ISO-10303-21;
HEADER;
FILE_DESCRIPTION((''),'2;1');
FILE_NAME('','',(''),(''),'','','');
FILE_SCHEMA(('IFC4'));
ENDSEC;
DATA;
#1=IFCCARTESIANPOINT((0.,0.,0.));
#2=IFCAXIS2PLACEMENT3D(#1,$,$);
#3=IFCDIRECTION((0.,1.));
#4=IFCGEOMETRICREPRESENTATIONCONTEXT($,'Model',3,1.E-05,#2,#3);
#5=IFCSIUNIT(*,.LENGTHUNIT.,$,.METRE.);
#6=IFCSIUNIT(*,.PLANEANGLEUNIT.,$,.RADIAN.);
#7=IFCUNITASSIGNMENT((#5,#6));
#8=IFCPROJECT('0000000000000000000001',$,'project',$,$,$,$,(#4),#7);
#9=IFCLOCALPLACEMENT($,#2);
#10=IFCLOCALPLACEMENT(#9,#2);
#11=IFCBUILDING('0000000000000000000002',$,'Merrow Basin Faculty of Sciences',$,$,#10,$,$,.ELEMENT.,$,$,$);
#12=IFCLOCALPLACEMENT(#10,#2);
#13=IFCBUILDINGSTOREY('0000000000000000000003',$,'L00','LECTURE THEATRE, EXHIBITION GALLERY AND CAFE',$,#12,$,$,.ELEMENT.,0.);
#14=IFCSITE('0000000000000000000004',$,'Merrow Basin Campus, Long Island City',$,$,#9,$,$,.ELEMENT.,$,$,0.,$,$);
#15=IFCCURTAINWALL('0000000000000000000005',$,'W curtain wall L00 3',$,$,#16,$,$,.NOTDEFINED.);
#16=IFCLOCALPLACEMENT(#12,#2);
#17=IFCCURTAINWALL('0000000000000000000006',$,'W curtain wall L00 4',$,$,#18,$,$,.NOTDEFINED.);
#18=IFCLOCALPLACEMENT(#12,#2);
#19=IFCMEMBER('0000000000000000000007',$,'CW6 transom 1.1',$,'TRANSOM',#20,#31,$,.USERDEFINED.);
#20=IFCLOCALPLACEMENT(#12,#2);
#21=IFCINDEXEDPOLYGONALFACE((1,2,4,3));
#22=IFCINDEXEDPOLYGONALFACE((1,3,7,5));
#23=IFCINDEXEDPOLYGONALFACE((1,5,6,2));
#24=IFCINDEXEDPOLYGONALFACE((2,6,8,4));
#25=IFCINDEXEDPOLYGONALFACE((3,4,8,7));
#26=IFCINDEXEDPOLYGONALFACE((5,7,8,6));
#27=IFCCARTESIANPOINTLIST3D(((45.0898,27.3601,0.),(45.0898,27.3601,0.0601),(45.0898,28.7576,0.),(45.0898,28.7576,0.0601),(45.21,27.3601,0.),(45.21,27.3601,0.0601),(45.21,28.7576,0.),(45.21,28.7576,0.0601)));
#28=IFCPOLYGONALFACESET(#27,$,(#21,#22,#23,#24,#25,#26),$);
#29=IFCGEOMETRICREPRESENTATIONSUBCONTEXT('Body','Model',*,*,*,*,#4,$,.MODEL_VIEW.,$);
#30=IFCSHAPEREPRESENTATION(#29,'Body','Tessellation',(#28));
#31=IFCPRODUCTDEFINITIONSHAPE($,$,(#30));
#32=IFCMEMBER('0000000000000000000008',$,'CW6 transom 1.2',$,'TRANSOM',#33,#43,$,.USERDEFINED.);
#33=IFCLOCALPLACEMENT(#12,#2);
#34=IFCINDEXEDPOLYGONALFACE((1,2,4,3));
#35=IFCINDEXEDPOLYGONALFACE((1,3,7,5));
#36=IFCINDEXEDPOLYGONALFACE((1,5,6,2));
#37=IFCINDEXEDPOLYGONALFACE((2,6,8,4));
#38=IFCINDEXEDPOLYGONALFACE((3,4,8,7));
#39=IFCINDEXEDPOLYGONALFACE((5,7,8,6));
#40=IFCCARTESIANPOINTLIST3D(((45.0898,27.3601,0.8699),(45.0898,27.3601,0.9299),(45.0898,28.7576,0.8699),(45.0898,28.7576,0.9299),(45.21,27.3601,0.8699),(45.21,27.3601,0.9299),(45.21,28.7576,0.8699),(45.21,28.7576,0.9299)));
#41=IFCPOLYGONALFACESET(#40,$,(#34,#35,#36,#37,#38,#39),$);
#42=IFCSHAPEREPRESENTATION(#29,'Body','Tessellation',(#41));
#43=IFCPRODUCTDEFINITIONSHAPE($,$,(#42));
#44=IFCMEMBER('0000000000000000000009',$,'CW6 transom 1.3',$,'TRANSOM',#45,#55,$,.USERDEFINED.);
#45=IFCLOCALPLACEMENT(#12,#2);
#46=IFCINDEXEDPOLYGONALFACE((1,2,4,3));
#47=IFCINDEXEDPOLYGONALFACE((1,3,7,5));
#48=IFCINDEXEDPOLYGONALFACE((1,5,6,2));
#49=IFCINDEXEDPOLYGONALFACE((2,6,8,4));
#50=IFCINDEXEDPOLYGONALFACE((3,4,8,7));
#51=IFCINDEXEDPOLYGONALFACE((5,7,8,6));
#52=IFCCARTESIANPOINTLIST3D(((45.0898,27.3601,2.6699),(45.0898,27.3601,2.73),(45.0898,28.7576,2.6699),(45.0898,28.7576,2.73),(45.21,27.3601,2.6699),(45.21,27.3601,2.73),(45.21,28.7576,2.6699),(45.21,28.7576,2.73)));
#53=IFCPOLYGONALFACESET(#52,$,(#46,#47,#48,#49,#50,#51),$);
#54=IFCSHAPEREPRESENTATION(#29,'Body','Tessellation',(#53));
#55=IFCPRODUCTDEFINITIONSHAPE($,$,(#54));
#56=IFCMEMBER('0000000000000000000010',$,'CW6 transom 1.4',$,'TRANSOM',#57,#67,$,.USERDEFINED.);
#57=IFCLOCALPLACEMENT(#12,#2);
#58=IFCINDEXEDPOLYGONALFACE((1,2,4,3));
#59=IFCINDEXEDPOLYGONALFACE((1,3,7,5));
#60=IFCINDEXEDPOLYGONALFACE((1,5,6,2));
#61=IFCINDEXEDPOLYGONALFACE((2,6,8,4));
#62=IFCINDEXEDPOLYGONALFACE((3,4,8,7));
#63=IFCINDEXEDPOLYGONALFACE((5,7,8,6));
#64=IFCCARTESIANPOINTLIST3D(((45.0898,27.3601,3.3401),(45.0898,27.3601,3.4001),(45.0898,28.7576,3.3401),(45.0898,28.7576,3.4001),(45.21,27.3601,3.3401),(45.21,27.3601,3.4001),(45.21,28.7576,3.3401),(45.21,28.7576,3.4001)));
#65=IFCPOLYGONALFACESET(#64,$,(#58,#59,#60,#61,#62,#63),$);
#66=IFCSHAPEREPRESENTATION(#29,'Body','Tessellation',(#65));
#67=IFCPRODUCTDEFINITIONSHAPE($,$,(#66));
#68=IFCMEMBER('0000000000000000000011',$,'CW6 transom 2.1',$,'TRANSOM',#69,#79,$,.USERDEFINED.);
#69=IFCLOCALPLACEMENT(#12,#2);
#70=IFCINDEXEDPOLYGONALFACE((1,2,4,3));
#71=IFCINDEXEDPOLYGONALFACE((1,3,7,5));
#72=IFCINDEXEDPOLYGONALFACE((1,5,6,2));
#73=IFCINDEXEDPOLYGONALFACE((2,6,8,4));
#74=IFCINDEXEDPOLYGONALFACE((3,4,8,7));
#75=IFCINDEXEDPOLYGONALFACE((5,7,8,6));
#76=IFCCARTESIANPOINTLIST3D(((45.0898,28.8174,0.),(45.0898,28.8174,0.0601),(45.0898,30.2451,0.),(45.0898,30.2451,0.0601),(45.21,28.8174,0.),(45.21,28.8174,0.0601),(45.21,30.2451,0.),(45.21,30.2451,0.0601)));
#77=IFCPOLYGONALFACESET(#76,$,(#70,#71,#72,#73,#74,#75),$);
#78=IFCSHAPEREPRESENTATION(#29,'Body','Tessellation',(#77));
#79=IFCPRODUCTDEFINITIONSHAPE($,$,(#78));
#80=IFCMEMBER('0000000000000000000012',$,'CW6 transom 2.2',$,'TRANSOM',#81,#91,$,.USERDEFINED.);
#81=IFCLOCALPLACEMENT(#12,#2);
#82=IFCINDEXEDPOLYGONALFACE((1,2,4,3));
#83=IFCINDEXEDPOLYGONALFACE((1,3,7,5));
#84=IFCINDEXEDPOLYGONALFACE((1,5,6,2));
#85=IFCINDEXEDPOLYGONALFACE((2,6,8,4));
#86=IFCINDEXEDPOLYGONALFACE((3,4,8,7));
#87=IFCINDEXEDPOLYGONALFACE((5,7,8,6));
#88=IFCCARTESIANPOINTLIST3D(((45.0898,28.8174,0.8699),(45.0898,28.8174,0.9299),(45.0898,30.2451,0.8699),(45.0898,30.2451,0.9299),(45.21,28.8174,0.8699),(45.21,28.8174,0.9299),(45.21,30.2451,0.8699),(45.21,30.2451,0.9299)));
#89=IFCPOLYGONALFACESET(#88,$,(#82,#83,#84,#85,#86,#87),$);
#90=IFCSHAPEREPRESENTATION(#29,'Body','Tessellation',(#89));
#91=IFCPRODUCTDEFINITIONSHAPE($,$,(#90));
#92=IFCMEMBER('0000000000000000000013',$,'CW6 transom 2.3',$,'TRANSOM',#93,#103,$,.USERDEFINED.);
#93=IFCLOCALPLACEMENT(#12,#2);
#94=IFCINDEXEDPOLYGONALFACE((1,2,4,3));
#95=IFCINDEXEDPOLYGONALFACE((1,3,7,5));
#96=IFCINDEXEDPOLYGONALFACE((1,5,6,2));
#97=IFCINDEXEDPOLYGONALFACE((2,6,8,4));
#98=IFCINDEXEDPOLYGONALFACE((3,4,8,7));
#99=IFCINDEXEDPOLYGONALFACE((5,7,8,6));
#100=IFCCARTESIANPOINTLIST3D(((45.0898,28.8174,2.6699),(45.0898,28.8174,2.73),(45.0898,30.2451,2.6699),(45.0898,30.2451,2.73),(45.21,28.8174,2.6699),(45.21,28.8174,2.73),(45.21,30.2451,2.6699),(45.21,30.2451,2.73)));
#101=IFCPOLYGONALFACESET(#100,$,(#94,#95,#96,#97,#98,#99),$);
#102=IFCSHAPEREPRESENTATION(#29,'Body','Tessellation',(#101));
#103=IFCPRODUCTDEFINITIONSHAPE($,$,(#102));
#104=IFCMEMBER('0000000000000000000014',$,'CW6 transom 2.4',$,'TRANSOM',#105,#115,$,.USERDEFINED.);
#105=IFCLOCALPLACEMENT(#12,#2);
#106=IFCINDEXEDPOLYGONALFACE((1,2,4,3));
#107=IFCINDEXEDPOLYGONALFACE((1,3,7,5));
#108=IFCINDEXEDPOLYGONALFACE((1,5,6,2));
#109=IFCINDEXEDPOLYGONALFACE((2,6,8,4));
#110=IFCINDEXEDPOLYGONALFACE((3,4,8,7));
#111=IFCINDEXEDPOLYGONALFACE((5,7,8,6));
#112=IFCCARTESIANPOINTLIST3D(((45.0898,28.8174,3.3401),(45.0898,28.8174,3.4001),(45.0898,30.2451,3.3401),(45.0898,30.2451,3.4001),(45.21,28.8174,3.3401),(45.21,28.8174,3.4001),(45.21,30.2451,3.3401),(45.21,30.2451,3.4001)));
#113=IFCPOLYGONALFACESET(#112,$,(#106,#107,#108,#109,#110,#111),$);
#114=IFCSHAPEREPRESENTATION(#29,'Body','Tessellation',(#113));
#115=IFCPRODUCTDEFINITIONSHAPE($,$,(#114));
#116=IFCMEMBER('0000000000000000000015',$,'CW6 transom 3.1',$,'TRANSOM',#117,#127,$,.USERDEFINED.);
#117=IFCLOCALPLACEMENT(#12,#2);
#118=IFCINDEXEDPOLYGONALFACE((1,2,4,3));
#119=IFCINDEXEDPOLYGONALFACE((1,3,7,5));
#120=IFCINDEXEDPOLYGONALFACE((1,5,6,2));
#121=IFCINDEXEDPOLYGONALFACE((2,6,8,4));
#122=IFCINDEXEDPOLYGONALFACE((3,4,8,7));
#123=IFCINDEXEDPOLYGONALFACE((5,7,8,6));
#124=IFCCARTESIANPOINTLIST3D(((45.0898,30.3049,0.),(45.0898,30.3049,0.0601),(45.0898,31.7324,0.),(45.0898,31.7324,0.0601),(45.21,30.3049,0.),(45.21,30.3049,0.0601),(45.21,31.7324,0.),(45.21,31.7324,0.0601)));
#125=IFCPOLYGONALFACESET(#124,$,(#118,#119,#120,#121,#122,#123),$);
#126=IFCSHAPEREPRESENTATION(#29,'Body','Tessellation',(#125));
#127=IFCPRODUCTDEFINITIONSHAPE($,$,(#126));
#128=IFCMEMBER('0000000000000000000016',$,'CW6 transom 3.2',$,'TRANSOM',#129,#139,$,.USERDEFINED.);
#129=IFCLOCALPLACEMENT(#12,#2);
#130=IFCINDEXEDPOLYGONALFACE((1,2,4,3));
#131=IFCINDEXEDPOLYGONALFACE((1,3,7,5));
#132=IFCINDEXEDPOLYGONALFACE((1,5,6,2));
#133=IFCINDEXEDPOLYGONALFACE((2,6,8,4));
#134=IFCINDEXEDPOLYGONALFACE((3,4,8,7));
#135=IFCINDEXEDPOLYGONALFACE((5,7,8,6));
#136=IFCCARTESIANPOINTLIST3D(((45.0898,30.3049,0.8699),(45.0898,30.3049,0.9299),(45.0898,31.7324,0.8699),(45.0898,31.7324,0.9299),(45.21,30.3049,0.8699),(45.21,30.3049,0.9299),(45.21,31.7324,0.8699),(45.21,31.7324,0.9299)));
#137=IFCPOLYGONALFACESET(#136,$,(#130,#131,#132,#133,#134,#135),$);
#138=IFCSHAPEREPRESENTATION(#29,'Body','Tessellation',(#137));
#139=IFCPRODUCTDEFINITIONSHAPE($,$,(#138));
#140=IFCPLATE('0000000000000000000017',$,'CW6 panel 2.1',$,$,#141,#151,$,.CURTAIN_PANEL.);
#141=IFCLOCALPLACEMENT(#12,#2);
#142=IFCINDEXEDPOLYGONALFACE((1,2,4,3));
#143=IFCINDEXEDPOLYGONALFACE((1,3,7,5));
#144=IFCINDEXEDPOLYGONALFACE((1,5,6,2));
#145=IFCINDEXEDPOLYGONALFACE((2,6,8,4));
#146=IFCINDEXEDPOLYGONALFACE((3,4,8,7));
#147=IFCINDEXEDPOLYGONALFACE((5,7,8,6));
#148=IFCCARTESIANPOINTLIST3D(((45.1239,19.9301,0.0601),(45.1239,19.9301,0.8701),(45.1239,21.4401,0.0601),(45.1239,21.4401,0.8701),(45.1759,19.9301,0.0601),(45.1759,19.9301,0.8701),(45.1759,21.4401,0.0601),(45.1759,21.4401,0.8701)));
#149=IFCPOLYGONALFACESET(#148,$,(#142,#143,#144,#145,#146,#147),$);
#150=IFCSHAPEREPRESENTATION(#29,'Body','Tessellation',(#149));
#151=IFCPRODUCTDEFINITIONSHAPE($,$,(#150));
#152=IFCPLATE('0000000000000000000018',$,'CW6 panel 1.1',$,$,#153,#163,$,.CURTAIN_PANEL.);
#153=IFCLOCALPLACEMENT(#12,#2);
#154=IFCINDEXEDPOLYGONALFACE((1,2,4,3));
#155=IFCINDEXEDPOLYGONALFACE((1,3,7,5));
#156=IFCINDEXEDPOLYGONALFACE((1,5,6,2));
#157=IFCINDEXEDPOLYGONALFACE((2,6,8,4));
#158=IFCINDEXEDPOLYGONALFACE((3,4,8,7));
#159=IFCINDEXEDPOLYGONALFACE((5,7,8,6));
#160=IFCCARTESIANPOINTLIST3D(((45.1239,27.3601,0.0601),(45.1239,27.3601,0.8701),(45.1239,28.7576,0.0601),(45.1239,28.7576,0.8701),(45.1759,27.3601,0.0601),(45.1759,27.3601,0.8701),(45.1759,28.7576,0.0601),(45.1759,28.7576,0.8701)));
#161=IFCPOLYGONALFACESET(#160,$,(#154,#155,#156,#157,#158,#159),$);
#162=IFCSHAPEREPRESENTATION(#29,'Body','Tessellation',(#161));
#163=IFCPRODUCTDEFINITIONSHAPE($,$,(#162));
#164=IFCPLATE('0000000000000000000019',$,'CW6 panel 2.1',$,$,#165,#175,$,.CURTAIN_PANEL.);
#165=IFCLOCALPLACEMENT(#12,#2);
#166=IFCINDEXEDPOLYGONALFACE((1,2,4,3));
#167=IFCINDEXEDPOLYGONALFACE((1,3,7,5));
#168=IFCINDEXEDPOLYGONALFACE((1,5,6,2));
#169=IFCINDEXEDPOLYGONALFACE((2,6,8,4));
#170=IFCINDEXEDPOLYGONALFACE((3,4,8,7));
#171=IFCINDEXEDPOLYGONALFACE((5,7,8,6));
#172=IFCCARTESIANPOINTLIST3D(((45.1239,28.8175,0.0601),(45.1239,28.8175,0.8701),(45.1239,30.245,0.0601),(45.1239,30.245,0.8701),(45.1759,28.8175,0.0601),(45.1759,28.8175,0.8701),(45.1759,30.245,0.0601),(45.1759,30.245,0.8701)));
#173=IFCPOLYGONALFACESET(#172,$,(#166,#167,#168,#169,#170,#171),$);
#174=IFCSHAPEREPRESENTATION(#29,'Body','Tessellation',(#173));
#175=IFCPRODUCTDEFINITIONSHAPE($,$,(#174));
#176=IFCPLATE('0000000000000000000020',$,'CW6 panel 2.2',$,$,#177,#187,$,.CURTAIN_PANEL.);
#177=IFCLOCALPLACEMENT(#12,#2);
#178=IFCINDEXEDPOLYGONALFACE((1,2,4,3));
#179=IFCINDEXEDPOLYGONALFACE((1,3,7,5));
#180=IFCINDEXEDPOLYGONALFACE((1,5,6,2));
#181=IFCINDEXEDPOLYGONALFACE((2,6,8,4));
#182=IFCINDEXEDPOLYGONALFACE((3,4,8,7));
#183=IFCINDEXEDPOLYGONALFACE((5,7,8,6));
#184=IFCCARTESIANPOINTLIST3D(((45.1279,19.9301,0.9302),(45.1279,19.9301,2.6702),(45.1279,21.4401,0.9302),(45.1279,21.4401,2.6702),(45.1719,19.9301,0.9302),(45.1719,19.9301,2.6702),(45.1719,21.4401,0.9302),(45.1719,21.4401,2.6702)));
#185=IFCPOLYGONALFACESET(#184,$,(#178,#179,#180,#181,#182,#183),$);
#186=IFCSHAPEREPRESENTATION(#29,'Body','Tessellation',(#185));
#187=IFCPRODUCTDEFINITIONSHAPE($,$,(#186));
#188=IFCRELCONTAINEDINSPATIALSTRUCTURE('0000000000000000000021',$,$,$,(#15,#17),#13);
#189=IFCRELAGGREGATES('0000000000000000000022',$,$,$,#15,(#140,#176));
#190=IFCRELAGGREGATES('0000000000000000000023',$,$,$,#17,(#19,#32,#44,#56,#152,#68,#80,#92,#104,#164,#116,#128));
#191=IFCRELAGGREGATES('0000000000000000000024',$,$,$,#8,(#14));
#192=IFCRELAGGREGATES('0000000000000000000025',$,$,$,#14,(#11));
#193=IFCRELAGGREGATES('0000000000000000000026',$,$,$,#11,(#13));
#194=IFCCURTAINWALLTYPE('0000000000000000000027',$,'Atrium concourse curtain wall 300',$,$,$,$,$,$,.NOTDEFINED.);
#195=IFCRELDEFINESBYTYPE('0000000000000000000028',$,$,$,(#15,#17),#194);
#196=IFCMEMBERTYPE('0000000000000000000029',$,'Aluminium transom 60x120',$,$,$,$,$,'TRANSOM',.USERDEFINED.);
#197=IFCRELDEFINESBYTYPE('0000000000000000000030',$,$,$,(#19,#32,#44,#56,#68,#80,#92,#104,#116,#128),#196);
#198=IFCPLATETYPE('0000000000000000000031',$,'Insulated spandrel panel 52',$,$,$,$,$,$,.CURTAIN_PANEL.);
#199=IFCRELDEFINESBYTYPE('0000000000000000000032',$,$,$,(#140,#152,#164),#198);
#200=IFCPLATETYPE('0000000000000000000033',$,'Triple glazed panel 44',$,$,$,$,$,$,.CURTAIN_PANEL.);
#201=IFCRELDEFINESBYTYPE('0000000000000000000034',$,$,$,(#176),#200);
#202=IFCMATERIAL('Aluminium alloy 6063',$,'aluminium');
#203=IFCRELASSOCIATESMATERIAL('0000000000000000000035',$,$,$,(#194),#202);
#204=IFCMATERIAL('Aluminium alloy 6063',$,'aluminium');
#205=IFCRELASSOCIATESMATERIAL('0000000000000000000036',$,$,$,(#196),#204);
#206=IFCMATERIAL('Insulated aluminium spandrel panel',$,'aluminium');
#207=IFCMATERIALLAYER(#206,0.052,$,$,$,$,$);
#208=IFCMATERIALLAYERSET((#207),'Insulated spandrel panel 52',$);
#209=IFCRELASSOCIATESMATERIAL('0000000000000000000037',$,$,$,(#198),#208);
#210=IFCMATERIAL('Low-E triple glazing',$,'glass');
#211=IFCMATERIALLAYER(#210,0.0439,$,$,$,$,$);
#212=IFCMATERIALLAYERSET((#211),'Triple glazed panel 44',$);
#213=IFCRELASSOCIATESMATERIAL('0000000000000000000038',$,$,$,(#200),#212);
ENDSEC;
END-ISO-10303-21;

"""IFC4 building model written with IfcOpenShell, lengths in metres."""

from ifc_helpers import new_model, si_unit, direction, frame, origin, origin_2d, place, context, subcontext, project, spatial, rectangle, extrude, material, layer, layer_set, material_profile, profile_set, type_object, element, aggregate, save


model = new_model("IFC4")

# Units and contexts
model_context = context("Model", 3, precision=1e-05, world=origin(), true_north=direction((0.0, 1.0)))
body_context = subcontext(model_context, "Body", "Model", "MODEL_VIEW")
ifc_project = project(units=[si_unit("LENGTHUNIT", "METRE"), si_unit("PLANEANGLEUNIT", "RADIAN")], contexts=[model_context])

# Site, building, storey
site_placement = place(None, origin())
site = spatial("IfcSite", under=ifc_project, at=site_placement, Name="Merrow Basin Campus, Long Island City", CompositionType="ELEMENT", RefElevation=0.0)
building_placement = place(site_placement, origin())
building = spatial("IfcBuilding", under=site, at=building_placement, Name="Merrow Basin Faculty of Sciences", CompositionType="ELEMENT")
storey_placement = place(building_placement, origin())
storey = spatial("IfcBuildingStorey", under=building, at=storey_placement, Name="L00", Description="LECTURE THEATRE, EXHIBITION GALLERY AND CAFE", CompositionType="ELEMENT", Elevation=0.0)

# Curtain walls
ifc_material_1 = material(Name="Aluminium alloy 6063", Category="aluminium")
curtain_wall_type = type_object("IfcCurtainWallType", Name="Atrium concourse curtain wall 300", PredefinedType="NOTDEFINED", material=ifc_material_1)
curtain_wall_1_placement = place(storey_placement, origin())
curtain_wall_1 = element("IfcCurtainWall", 1, at=curtain_wall_1_placement, inside=storey, type_object=curtain_wall_type, Name="W curtain wall L00 3", PredefinedType="NOTDEFINED")
curtain_wall_2_placement = place(storey_placement, origin())
curtain_wall_2 = element("IfcCurtainWall", 2, at=curtain_wall_2_placement, inside=storey, type_object=curtain_wall_type, Name="W curtain wall L00 4", PredefinedType="NOTDEFINED")

# Members
ifc_material_2 = material(Name="Aluminium alloy 6063", Category="aluminium")
ifc_material_profile_1 = material_profile(ifc_material_2, rectangle(XDim=0.1201, YDim=0.0601, at=origin_2d()))
ifc_profile_set_1 = profile_set([ifc_material_profile_1], Name="Aluminium alloy 6063")
member_type_1 = type_object("IfcMemberType", Name="Aluminium transom 60x120", ElementType="TRANSOM", PredefinedType="USERDEFINED", material=ifc_profile_set_1)
member_1_placement = place(storey_placement, frame((45.1499, 27.3601, 0.03), z_axis=(0.0, 1.0, 0.0), x_axis=(-1.0, 0.0, 0.0)))
member_1 = element("IfcMember", 3, at=member_1_placement, type_object=member_type_1, Name="CW6 transom 1.1", ObjectType="TRANSOM", PredefinedType="USERDEFINED", context=body_context, shape_type="SweptSolid", body=[
    extrude(rectangle(XDim=0.1201, YDim=0.0601, at=origin_2d()), origin(), (0.0, 0.0, 1.0), 1.3975),
])
member_2_placement = place(storey_placement, frame((45.1499, 27.3601, 0.8999), z_axis=(0.0, 1.0, 0.0), x_axis=(-1.0, 0.0, 0.0)))
member_2 = element("IfcMember", 4, at=member_2_placement, type_object=member_type_1, Name="CW6 transom 1.2", ObjectType="TRANSOM", PredefinedType="USERDEFINED", context=body_context, shape_type="SweptSolid", body=[
    extrude(rectangle(XDim=0.1201, YDim=0.0601, at=origin_2d()), origin(), (0.0, 0.0, 1.0), 1.3975),
])
member_3_placement = place(storey_placement, frame((45.1499, 27.3601, 2.7), z_axis=(0.0, 1.0, 0.0), x_axis=(-1.0, 0.0, 0.0)))
member_3 = element("IfcMember", 5, at=member_3_placement, type_object=member_type_1, Name="CW6 transom 1.3", ObjectType="TRANSOM", PredefinedType="USERDEFINED", context=body_context, shape_type="SweptSolid", body=[
    extrude(rectangle(XDim=0.1201, YDim=0.0601, at=origin_2d()), origin(), (0.0, 0.0, 1.0), 1.3975),
])
member_4_placement = place(storey_placement, frame((45.1499, 27.3601, 3.3701), z_axis=(0.0, 1.0, 0.0), x_axis=(-1.0, 0.0, 0.0)))
member_4 = element("IfcMember", 6, at=member_4_placement, type_object=member_type_1, Name="CW6 transom 1.4", ObjectType="TRANSOM", PredefinedType="USERDEFINED", context=body_context, shape_type="SweptSolid", body=[
    extrude(rectangle(XDim=0.1201, YDim=0.0601, at=origin_2d()), origin(), (0.0, 0.0, 1.0), 1.3975),
])
member_5_placement = place(storey_placement, frame((45.1499, 28.8174, 0.03), z_axis=(0.0, 1.0, 0.0), x_axis=(-1.0, 0.0, 0.0)))
member_5 = element("IfcMember", 7, at=member_5_placement, type_object=member_type_1, Name="CW6 transom 2.1", ObjectType="TRANSOM", PredefinedType="USERDEFINED", context=body_context, shape_type="SweptSolid", body=[
    extrude(rectangle(XDim=0.1201, YDim=0.0601, at=origin_2d()), origin(), (0.0, 0.0, 1.0), 1.4277),
])
member_6_placement = place(storey_placement, frame((45.1499, 28.8174, 0.8999), z_axis=(0.0, 1.0, 0.0), x_axis=(-1.0, 0.0, 0.0)))
member_6 = element("IfcMember", 8, at=member_6_placement, type_object=member_type_1, Name="CW6 transom 2.2", ObjectType="TRANSOM", PredefinedType="USERDEFINED", context=body_context, shape_type="SweptSolid", body=[
    extrude(rectangle(XDim=0.1201, YDim=0.0601, at=origin_2d()), origin(), (0.0, 0.0, 1.0), 1.4277),
])
member_7_placement = place(storey_placement, frame((45.1499, 28.8174, 2.7), z_axis=(0.0, 1.0, 0.0), x_axis=(-1.0, 0.0, 0.0)))
member_7 = element("IfcMember", 9, at=member_7_placement, type_object=member_type_1, Name="CW6 transom 2.3", ObjectType="TRANSOM", PredefinedType="USERDEFINED", context=body_context, shape_type="SweptSolid", body=[
    extrude(rectangle(XDim=0.1201, YDim=0.0601, at=origin_2d()), origin(), (0.0, 0.0, 1.0), 1.4277),
])
member_8_placement = place(storey_placement, frame((45.1499, 28.8174, 3.3701), z_axis=(0.0, 1.0, 0.0), x_axis=(-1.0, 0.0, 0.0)))
member_8 = element("IfcMember", 10, at=member_8_placement, type_object=member_type_1, Name="CW6 transom 2.4", ObjectType="TRANSOM", PredefinedType="USERDEFINED", context=body_context, shape_type="SweptSolid", body=[
    extrude(rectangle(XDim=0.1201, YDim=0.0601, at=origin_2d()), origin(), (0.0, 0.0, 1.0), 1.4277),
])
member_9_placement = place(storey_placement, frame((45.1499, 30.3049, 0.03), z_axis=(0.0, 1.0, 0.0), x_axis=(-1.0, 0.0, 0.0)))
member_9 = element("IfcMember", 11, at=member_9_placement, type_object=member_type_1, Name="CW6 transom 3.1", ObjectType="TRANSOM", PredefinedType="USERDEFINED", context=body_context, shape_type="SweptSolid", body=[
    extrude(rectangle(XDim=0.1201, YDim=0.0601, at=origin_2d()), origin(), (0.0, 0.0, 1.0), 1.4275),
])
member_10_placement = place(storey_placement, frame((45.1499, 30.3049, 0.8999), z_axis=(0.0, 1.0, 0.0), x_axis=(-1.0, 0.0, 0.0)))
member_10 = element("IfcMember", 12, at=member_10_placement, type_object=member_type_1, Name="CW6 transom 3.2", ObjectType="TRANSOM", PredefinedType="USERDEFINED", context=body_context, shape_type="SweptSolid", body=[
    extrude(rectangle(XDim=0.1201, YDim=0.0601, at=origin_2d()), origin(), (0.0, 0.0, 1.0), 1.4275),
])

# Plates
ifc_material_3 = material(Name="Insulated aluminium spandrel panel", Category="aluminium")
ifc_layer_1 = layer(ifc_material_3, 0.052)
ifc_layer_set_1 = layer_set([ifc_layer_1], Name="Insulated spandrel panel 52")
plate_type_1 = type_object("IfcPlateType", Name="Insulated spandrel panel 52", PredefinedType="CURTAIN_PANEL", material=ifc_layer_set_1)
plate_1_placement = place(storey_placement, frame((45.1499, 20.6851, 0.0601), z_axis=(0.0, 0.0, 1.0), x_axis=(0.0, 1.0, 0.0)))
plate_1 = element("IfcPlate", 13, at=plate_1_placement, type_object=plate_type_1, Name="CW6 panel 2.1", PredefinedType="CURTAIN_PANEL", context=body_context, shape_type="SweptSolid", body=[
    extrude(rectangle(XDim=1.51, YDim=0.052, at=origin_2d()), origin(), (0.0, 0.0, 1.0), 0.8101),
])
plate_2_placement = place(storey_placement, frame((45.1499, 28.0588, 0.0601), z_axis=(0.0, 0.0, 1.0), x_axis=(0.0, 1.0, 0.0)))
plate_2 = element("IfcPlate", 14, at=plate_2_placement, type_object=plate_type_1, Name="CW6 panel 1.1", PredefinedType="CURTAIN_PANEL", context=body_context, shape_type="SweptSolid", body=[
    extrude(rectangle(XDim=1.3975, YDim=0.052, at=origin_2d()), origin(), (0.0, 0.0, 1.0), 0.8101),
])
plate_3_placement = place(storey_placement, frame((45.1499, 29.5312, 0.0601), z_axis=(0.0, 0.0, 1.0), x_axis=(0.0, 1.0, 0.0)))
plate_3 = element("IfcPlate", 15, at=plate_3_placement, type_object=plate_type_1, Name="CW6 panel 2.1", PredefinedType="CURTAIN_PANEL", context=body_context, shape_type="SweptSolid", body=[
    extrude(rectangle(XDim=1.4275, YDim=0.052, at=origin_2d()), origin(), (0.0, 0.0, 1.0), 0.8101),
])
ifc_material_4 = material(Name="Low-E triple glazing", Category="glass")
ifc_layer_2 = layer(ifc_material_4, 0.0439)
ifc_layer_set_2 = layer_set([ifc_layer_2], Name="Triple glazed panel 44")
plate_type_2 = type_object("IfcPlateType", Name="Triple glazed panel 44", PredefinedType="CURTAIN_PANEL", material=ifc_layer_set_2)
plate_4_placement = place(storey_placement, frame((45.1499, 20.6851, 0.9302), z_axis=(0.0, 0.0, 1.0), x_axis=(0.0, 1.0, 0.0)))
plate_4 = element("IfcPlate", 16, at=plate_4_placement, type_object=plate_type_2, Name="CW6 panel 2.2", PredefinedType="CURTAIN_PANEL", context=body_context, shape_type="SweptSolid", body=[
    extrude(rectangle(XDim=1.51, YDim=0.0439, at=origin_2d()), origin(), (0.0, 0.0, 1.0), 1.74),
])
aggregate(curtain_wall_1, [plate_1, plate_4])
aggregate(curtain_wall_2, [member_1, member_2, member_3, member_4, plate_2, member_5, member_6, member_7, member_8, plate_3, member_9, member_10])

save(model, "model.ifc")
